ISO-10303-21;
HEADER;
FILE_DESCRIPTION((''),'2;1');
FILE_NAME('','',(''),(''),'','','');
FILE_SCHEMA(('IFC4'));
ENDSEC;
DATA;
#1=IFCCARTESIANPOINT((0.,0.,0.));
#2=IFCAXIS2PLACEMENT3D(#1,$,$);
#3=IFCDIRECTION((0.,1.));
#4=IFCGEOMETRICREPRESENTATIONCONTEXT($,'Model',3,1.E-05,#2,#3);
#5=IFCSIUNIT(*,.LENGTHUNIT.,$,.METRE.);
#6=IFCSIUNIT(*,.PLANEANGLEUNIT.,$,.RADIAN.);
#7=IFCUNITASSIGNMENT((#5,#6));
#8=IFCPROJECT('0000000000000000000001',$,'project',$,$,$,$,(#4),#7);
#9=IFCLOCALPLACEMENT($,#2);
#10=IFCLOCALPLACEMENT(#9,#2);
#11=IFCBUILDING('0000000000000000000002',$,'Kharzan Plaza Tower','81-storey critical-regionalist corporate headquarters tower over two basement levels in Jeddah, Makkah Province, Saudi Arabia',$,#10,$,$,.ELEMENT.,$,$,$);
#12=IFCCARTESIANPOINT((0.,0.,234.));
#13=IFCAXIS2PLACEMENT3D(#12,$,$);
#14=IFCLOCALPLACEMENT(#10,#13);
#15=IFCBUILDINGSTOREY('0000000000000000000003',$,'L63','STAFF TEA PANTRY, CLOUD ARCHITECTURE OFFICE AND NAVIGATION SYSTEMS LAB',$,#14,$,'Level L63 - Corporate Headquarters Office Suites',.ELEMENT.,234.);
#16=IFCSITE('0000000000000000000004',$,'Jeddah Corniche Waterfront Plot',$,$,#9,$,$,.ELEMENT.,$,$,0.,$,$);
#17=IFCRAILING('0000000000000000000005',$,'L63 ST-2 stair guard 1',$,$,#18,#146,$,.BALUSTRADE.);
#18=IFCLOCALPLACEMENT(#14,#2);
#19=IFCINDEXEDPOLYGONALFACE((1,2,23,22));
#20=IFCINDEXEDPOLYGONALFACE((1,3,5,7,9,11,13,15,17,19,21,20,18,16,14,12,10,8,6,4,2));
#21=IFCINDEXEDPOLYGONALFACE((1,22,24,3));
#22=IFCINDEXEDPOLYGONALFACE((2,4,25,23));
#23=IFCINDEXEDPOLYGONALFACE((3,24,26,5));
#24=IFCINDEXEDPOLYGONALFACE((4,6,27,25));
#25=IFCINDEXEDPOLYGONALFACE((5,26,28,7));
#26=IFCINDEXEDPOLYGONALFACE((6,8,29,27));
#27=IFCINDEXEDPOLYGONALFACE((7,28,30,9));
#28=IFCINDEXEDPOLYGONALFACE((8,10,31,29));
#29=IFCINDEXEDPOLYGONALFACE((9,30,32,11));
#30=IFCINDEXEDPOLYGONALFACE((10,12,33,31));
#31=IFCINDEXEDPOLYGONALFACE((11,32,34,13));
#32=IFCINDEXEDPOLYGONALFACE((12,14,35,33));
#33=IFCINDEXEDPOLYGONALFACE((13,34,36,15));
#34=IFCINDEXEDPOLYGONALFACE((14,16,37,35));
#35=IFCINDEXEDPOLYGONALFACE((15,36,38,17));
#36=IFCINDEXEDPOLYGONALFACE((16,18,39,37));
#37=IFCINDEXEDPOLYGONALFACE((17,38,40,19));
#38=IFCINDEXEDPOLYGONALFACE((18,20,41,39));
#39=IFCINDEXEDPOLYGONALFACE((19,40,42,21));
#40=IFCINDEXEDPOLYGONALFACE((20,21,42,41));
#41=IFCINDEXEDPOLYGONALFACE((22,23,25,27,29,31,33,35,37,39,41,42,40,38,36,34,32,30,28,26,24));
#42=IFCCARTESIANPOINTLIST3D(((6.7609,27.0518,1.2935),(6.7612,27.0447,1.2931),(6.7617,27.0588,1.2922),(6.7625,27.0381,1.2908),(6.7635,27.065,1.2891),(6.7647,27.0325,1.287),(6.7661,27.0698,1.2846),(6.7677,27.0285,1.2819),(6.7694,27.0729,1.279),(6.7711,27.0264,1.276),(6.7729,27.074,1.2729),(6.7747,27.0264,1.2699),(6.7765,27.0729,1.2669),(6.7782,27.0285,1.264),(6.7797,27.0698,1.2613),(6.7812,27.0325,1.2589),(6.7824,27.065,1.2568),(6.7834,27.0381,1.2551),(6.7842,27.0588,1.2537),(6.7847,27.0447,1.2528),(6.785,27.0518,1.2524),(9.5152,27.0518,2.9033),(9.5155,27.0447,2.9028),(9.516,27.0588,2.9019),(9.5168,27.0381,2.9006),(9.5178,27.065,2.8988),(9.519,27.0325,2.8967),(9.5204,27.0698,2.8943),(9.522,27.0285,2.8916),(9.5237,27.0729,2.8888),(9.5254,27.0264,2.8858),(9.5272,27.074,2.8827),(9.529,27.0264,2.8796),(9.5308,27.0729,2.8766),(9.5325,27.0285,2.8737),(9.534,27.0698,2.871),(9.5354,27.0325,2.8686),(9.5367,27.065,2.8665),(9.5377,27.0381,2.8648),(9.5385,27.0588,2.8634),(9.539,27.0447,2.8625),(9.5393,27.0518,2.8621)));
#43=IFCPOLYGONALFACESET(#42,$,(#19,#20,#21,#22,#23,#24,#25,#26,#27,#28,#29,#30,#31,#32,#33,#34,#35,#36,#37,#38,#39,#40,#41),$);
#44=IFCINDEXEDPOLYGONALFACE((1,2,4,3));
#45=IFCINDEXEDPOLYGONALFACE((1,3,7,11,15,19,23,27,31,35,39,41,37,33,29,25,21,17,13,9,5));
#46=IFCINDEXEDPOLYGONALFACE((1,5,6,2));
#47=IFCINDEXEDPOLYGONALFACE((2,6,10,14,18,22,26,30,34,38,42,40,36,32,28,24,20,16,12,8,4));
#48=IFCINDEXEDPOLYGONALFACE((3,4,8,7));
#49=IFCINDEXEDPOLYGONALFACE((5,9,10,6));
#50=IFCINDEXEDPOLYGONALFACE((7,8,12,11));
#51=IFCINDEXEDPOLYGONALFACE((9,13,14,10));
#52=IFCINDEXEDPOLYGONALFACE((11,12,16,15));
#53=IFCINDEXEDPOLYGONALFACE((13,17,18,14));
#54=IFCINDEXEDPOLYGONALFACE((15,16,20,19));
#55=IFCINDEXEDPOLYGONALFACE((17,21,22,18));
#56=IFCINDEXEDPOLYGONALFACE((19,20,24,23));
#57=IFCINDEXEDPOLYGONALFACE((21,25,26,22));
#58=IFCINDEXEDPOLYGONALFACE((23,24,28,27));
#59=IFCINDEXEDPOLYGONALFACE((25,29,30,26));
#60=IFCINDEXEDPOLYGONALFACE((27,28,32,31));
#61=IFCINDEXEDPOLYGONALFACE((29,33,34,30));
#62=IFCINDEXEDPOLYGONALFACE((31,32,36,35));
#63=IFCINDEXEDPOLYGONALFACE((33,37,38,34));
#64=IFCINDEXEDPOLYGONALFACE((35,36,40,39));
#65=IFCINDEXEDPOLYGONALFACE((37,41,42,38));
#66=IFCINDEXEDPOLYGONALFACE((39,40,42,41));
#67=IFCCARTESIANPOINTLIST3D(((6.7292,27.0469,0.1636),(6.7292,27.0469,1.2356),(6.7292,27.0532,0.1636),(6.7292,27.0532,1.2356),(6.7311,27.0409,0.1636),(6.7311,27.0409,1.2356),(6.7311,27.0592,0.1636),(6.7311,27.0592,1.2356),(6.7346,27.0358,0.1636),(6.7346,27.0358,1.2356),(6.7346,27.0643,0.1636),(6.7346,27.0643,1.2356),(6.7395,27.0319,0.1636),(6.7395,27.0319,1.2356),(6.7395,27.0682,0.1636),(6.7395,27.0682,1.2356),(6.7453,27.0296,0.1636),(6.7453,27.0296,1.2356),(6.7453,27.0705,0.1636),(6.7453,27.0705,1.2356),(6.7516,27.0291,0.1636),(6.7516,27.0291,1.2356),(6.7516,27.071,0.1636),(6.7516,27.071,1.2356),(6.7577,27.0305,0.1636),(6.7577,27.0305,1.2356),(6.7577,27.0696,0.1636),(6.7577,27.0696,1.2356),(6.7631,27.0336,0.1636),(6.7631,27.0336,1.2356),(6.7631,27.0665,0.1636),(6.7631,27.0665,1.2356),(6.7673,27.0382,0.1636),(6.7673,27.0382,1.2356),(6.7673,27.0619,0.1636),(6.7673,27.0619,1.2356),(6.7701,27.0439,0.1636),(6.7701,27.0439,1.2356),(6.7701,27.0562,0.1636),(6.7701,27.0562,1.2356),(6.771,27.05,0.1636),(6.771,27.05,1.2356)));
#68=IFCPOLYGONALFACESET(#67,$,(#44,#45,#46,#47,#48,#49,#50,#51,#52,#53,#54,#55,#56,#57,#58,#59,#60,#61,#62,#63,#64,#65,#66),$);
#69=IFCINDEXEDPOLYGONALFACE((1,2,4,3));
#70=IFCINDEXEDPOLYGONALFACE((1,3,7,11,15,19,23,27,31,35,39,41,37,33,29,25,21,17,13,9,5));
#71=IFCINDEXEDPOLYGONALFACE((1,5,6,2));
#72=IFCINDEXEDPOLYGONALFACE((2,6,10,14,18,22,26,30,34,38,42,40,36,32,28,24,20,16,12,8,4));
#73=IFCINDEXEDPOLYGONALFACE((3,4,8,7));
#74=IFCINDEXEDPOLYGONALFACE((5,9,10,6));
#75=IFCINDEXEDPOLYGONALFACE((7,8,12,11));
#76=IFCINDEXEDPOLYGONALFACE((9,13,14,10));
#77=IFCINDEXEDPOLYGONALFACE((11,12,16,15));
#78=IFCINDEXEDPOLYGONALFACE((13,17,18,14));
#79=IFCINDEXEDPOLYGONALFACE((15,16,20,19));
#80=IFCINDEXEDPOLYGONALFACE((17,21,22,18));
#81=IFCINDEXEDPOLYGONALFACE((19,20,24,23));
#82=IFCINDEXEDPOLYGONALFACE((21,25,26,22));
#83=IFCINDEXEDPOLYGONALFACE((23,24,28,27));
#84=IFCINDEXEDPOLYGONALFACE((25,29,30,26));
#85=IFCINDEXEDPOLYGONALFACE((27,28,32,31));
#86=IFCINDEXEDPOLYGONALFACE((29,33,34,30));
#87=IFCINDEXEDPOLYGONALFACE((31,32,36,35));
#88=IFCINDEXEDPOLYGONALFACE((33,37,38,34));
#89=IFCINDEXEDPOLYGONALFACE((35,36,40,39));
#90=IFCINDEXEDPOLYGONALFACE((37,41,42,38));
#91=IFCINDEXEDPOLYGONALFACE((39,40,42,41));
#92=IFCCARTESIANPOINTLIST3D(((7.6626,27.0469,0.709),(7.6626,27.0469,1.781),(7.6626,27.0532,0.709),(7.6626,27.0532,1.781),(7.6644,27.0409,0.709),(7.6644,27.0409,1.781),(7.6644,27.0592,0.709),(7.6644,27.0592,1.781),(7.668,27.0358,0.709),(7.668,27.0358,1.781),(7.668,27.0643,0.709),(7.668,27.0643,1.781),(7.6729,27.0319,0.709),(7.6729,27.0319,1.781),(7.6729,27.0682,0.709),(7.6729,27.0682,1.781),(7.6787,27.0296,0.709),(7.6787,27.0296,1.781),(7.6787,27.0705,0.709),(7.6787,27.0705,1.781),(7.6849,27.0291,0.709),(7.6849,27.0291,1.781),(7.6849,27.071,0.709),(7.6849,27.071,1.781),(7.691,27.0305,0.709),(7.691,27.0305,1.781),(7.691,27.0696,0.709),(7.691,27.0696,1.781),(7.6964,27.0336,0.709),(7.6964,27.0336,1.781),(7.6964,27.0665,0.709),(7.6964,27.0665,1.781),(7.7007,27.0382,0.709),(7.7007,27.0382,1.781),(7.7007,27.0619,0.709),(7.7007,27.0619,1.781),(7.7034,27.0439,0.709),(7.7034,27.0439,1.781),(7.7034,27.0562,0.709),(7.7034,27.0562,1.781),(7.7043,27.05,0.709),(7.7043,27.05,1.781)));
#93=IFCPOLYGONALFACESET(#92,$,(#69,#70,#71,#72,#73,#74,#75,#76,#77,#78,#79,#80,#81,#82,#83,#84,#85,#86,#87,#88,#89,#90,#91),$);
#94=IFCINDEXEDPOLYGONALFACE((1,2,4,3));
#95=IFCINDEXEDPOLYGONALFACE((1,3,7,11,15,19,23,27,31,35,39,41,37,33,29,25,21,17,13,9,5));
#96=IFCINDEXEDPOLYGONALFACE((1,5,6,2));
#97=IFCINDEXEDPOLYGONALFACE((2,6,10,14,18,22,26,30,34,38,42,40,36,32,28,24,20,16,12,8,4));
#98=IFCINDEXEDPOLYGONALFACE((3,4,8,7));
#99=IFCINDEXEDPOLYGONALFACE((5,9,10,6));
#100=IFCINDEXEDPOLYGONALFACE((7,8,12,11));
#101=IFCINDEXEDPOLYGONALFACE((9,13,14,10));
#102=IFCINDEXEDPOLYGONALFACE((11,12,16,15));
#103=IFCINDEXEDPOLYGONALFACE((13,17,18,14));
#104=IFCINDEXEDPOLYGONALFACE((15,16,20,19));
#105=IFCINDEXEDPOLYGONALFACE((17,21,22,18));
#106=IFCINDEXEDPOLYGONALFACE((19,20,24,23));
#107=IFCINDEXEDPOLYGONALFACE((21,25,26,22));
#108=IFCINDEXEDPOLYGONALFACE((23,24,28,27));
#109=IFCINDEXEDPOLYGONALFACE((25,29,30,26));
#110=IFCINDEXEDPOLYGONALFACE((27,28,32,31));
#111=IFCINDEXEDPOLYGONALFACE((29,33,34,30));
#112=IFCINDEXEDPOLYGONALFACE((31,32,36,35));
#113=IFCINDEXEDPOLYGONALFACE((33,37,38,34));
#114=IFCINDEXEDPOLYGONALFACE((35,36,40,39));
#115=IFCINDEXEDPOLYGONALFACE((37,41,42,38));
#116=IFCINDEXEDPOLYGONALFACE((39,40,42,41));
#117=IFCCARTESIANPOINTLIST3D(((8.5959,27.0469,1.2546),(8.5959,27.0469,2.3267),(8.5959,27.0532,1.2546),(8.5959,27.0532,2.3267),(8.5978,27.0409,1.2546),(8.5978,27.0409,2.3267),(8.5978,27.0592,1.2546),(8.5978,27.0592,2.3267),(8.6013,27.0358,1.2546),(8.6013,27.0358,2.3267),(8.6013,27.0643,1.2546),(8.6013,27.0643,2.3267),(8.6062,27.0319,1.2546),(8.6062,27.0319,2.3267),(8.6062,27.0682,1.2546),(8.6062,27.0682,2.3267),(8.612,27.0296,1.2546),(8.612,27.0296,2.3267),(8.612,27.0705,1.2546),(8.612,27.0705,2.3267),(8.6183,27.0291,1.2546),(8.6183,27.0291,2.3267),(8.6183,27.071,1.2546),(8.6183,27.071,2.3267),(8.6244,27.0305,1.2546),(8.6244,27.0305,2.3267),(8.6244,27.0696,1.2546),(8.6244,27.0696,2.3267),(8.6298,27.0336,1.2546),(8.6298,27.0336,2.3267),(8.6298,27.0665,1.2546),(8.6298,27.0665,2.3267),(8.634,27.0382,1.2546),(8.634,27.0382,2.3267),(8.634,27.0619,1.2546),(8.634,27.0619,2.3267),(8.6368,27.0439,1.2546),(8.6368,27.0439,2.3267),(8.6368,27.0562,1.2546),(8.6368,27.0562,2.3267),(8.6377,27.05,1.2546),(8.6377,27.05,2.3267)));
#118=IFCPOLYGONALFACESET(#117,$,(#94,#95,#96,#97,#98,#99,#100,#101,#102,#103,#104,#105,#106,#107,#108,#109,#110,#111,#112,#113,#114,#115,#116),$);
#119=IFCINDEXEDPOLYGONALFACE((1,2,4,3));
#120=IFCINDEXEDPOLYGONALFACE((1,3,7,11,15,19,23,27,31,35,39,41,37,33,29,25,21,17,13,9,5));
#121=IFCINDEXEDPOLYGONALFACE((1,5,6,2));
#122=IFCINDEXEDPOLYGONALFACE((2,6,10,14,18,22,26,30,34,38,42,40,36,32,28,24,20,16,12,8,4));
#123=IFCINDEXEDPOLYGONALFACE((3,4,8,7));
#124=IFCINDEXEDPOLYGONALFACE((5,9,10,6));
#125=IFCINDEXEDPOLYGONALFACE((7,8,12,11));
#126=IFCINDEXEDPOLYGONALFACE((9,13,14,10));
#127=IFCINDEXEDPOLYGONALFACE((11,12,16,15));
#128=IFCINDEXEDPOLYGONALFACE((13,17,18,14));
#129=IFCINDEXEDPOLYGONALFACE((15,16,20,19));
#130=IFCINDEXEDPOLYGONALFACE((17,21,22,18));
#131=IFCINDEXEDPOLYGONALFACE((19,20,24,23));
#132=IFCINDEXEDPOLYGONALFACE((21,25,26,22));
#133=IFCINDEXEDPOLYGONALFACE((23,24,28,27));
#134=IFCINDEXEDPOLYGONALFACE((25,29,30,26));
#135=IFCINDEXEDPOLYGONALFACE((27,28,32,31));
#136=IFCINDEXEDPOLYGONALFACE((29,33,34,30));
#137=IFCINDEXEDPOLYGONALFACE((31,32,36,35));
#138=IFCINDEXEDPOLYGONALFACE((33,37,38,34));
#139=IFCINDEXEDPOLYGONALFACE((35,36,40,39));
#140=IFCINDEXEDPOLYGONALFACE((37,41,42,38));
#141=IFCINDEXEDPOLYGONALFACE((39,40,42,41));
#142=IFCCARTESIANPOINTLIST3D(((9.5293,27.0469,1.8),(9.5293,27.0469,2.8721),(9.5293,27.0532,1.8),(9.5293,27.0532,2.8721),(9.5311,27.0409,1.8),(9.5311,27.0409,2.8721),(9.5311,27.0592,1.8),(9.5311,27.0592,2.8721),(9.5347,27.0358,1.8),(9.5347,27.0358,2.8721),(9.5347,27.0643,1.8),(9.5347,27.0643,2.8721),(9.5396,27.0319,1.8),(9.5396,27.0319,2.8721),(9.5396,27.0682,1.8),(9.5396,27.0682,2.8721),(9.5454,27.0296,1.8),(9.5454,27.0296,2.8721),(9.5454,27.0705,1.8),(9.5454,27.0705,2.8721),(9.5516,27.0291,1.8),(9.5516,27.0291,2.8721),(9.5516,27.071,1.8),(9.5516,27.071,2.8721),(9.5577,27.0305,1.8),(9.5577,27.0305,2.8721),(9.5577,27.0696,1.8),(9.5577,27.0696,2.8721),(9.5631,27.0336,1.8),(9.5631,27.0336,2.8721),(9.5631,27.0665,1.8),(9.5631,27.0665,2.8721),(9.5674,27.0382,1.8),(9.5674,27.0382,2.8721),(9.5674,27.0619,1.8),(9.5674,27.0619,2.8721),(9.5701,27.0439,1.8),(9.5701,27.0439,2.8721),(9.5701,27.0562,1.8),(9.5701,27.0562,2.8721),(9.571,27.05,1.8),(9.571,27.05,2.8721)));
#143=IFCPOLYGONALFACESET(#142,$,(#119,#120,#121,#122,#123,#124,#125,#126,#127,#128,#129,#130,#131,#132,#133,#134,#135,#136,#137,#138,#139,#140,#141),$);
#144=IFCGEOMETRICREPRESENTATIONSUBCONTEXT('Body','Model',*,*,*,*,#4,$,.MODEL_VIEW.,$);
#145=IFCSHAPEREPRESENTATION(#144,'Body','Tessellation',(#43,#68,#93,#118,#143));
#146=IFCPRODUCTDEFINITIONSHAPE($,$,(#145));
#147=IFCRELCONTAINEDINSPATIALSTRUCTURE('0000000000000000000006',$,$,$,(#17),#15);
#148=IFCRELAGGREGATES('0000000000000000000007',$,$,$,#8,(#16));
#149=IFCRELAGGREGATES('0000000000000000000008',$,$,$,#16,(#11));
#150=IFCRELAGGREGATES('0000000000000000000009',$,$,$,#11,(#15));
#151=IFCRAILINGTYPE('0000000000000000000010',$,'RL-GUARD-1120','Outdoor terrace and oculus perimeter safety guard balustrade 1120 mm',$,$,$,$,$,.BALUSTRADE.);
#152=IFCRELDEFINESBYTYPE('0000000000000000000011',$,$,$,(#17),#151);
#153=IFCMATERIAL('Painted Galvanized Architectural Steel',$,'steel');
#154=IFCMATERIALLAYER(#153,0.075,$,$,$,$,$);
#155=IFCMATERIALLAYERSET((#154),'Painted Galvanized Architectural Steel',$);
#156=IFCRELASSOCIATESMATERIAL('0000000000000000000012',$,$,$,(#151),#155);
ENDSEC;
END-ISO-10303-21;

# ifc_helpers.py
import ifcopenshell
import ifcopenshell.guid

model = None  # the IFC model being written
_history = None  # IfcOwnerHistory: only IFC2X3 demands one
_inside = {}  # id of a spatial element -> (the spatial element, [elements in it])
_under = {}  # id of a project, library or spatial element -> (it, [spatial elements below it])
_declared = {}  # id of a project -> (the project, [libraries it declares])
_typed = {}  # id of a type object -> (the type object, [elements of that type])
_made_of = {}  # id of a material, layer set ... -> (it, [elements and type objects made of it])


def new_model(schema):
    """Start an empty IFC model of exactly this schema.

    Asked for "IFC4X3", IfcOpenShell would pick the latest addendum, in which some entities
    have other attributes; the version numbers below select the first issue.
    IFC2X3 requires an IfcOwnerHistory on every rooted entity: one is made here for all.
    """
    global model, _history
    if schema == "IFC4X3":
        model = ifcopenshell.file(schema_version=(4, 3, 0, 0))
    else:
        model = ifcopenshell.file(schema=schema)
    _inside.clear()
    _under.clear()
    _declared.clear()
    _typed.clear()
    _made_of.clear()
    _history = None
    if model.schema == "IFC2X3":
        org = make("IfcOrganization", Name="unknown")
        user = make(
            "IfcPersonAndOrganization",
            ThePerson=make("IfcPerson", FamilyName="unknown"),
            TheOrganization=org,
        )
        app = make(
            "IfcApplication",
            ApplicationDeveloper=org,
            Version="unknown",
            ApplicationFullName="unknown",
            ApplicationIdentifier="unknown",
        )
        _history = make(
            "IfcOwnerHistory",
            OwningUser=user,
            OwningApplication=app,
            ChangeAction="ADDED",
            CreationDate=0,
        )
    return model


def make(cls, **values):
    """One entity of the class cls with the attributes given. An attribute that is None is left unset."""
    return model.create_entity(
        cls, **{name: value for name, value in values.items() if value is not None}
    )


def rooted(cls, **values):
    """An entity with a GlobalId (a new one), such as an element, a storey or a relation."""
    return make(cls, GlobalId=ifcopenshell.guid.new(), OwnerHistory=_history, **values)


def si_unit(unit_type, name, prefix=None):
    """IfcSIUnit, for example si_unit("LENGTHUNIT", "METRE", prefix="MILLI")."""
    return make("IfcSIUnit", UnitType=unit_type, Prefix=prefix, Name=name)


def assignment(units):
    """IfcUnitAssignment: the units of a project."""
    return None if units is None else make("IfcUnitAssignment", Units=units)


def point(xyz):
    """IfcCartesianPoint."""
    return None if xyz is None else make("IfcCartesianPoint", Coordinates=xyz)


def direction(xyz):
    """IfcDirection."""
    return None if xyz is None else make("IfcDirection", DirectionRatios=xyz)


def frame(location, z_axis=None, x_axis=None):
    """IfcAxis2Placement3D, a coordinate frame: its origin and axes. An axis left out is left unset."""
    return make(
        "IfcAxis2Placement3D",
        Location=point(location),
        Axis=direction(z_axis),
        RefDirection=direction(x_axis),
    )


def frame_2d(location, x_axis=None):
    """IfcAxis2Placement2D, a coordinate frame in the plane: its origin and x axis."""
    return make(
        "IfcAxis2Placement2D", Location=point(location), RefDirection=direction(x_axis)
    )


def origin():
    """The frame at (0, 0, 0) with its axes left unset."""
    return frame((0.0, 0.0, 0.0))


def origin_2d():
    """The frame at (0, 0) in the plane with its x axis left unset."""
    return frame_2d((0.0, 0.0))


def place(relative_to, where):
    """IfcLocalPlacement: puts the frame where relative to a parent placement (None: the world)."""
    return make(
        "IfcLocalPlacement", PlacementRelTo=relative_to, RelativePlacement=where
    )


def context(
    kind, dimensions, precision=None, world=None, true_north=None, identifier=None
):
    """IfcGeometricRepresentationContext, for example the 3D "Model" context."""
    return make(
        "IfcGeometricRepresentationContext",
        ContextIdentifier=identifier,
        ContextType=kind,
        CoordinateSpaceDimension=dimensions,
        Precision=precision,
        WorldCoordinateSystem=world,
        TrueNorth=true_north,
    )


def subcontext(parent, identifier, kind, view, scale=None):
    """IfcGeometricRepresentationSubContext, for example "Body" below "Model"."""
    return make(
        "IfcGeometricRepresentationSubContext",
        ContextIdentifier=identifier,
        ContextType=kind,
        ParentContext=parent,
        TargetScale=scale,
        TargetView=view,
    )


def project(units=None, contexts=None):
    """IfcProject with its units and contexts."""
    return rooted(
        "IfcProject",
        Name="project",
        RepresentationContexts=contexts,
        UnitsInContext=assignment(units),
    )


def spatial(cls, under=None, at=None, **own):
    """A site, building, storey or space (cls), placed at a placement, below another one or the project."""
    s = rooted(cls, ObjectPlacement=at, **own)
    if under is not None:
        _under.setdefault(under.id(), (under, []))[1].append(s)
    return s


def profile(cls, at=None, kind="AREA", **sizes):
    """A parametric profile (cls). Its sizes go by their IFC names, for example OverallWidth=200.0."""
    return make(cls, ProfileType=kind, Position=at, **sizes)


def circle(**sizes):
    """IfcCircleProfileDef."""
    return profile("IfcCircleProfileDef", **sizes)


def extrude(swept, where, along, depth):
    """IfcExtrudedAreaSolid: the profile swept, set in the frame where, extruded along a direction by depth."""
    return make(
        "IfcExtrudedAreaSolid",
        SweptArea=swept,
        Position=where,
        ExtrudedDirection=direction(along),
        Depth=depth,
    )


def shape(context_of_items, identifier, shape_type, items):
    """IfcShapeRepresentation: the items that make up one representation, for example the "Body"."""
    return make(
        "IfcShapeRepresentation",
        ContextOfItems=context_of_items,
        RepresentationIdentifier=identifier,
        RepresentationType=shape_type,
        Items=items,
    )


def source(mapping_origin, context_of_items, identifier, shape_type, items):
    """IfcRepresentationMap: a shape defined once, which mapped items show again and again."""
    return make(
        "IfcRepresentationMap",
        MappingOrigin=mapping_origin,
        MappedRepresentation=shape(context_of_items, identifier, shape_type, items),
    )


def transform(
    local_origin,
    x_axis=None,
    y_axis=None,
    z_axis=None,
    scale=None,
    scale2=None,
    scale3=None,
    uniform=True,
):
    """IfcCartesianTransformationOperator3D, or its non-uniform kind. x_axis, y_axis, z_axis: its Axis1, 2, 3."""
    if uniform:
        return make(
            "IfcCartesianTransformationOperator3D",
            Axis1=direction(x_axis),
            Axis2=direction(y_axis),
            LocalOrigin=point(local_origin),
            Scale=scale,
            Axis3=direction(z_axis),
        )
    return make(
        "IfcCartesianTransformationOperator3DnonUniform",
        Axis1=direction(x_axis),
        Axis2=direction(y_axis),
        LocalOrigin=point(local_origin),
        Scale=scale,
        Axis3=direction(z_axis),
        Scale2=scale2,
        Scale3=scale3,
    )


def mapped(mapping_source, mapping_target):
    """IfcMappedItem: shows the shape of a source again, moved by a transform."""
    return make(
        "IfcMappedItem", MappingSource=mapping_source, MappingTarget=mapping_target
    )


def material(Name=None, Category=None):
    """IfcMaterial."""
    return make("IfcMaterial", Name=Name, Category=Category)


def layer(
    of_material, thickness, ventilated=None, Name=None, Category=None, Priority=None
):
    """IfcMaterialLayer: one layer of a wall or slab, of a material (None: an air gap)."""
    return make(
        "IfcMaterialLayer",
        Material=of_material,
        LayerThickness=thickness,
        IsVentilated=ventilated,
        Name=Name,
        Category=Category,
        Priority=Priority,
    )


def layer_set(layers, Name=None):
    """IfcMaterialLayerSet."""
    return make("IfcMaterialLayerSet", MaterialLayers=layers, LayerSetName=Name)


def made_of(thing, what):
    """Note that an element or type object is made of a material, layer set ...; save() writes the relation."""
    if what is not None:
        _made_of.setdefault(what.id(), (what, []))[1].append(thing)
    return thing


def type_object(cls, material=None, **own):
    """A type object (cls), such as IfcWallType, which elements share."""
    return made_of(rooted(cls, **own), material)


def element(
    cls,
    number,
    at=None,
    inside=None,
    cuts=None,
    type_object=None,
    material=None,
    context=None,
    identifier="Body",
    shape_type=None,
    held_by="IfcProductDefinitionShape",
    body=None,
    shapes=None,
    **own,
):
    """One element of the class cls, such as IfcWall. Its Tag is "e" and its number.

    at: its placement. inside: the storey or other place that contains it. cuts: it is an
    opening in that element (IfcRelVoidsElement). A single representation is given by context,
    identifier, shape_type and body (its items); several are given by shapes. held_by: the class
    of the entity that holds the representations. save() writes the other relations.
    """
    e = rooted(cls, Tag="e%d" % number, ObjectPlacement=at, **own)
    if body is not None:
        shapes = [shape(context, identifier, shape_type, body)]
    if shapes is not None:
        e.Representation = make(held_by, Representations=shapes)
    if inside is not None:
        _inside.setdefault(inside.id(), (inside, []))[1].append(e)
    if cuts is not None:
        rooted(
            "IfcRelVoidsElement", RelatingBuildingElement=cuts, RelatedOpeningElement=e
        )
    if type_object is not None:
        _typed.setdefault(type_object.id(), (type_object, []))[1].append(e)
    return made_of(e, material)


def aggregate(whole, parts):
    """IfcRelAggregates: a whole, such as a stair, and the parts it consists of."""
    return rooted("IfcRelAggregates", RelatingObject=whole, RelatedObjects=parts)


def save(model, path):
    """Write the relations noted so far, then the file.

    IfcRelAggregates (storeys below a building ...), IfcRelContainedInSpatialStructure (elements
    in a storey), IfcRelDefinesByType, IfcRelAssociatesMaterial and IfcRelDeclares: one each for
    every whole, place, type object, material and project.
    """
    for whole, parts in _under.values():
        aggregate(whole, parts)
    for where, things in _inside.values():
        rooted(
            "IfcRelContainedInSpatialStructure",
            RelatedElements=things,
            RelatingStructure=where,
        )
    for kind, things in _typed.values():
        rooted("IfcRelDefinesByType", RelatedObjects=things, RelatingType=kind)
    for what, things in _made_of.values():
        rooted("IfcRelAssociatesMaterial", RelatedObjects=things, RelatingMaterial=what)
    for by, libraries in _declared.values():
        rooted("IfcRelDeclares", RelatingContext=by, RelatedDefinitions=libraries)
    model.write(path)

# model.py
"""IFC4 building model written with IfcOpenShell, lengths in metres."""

from ifc_helpers import new_model, si_unit, direction, frame, origin, origin_2d, place, context, subcontext, project, spatial, circle, extrude, source, transform, mapped, material, layer, layer_set, type_object, element, save


model = new_model("IFC4")

# Units and contexts
model_context = context("Model", 3, precision=1e-05, world=origin(), true_north=direction((0.0, 1.0)))
body_context = subcontext(model_context, "Body", "Model", "MODEL_VIEW")
ifc_project = project(units=[si_unit("LENGTHUNIT", "METRE"), si_unit("PLANEANGLEUNIT", "RADIAN")], contexts=[model_context])

# Site, building, storey
site_placement = place(None, origin())
site = spatial("IfcSite", under=ifc_project, at=site_placement, Name="Jeddah Corniche Waterfront Plot", CompositionType="ELEMENT", RefElevation=0.0)
building_placement = place(site_placement, origin())
building = spatial("IfcBuilding", under=site, at=building_placement, Name="Kharzan Plaza Tower", Description="81-storey critical-regionalist corporate headquarters tower over two basement levels in Jeddah, Makkah Province, Saudi Arabia", CompositionType="ELEMENT")
storey_placement = place(building_placement, frame((0.0, 0.0, 234.0)))
storey = spatial("IfcBuildingStorey", under=building, at=storey_placement, Name="L63", Description="STAFF TEA PANTRY, CLOUD ARCHITECTURE OFFICE AND NAVIGATION SYSTEMS LAB", LongName="Level L63 - Corporate Headquarters Office Suites", CompositionType="ELEMENT", Elevation=234.0)

# Railing
ifc_material_1 = material(Name="Painted Galvanized Architectural Steel", Category="steel")
ifc_layer_1 = layer(ifc_material_1, 0.075)
ifc_layer_set_1 = layer_set([ifc_layer_1], Name="Painted Galvanized Architectural Steel")
railing_type_1 = type_object("IfcRailingType", Name="RL-GUARD-1120", Description="Outdoor terrace and oculus perimeter safety guard balustrade 1120 mm", PredefinedType="BALUSTRADE", material=ifc_layer_set_1)
shared_shape_1 = source(origin(), body_context, "Body", "SweptSolid", [
    extrude(circle(Radius=0.0239, at=origin_2d()), frame((0.0229, 0.0, 1.1094), z_axis=(0.863361, 0.0, 0.504587), x_axis=(0.0, 1.0, 0.0)), (0.0, 0.0, 1.0), 3.1902),
    extrude(circle(Radius=0.021, at=origin_2d()), origin(), (0.0, 0.0, 1.0), 1.072),
    extrude(circle(Radius=0.021, at=origin_2d()), frame((0.9333, 0.0, 0.5454)), (0.0, 0.0, 1.0), 1.072),
    extrude(circle(Radius=0.021, at=origin_2d()), frame((1.8667, 0.0, 1.0911)), (0.0, 0.0, 1.0), 1.072),
    extrude(circle(Radius=0.021, at=origin_2d()), frame((2.8, 0.0, 1.6365)), (0.0, 0.0, 1.0), 1.072),
])
railing_1_placement = place(storey_placement, frame((6.75, 27.05, 0.1636)))
element("IfcRailing", 1, at=railing_1_placement, inside=storey, type_object=railing_type_1, Name="L63 ST-2 stair guard 1", PredefinedType="BALUSTRADE", context=body_context, shape_type="MappedRepresentation", body=[
    mapped(shared_shape_1, transform((0.0, 0.0, 0.0), x_axis=(1.0, 0.0, 0.0), y_axis=(0.0, 1.0, 0.0), z_axis=(0.0, 0.0, 1.0))),
])

save(model, "model.ifc")
